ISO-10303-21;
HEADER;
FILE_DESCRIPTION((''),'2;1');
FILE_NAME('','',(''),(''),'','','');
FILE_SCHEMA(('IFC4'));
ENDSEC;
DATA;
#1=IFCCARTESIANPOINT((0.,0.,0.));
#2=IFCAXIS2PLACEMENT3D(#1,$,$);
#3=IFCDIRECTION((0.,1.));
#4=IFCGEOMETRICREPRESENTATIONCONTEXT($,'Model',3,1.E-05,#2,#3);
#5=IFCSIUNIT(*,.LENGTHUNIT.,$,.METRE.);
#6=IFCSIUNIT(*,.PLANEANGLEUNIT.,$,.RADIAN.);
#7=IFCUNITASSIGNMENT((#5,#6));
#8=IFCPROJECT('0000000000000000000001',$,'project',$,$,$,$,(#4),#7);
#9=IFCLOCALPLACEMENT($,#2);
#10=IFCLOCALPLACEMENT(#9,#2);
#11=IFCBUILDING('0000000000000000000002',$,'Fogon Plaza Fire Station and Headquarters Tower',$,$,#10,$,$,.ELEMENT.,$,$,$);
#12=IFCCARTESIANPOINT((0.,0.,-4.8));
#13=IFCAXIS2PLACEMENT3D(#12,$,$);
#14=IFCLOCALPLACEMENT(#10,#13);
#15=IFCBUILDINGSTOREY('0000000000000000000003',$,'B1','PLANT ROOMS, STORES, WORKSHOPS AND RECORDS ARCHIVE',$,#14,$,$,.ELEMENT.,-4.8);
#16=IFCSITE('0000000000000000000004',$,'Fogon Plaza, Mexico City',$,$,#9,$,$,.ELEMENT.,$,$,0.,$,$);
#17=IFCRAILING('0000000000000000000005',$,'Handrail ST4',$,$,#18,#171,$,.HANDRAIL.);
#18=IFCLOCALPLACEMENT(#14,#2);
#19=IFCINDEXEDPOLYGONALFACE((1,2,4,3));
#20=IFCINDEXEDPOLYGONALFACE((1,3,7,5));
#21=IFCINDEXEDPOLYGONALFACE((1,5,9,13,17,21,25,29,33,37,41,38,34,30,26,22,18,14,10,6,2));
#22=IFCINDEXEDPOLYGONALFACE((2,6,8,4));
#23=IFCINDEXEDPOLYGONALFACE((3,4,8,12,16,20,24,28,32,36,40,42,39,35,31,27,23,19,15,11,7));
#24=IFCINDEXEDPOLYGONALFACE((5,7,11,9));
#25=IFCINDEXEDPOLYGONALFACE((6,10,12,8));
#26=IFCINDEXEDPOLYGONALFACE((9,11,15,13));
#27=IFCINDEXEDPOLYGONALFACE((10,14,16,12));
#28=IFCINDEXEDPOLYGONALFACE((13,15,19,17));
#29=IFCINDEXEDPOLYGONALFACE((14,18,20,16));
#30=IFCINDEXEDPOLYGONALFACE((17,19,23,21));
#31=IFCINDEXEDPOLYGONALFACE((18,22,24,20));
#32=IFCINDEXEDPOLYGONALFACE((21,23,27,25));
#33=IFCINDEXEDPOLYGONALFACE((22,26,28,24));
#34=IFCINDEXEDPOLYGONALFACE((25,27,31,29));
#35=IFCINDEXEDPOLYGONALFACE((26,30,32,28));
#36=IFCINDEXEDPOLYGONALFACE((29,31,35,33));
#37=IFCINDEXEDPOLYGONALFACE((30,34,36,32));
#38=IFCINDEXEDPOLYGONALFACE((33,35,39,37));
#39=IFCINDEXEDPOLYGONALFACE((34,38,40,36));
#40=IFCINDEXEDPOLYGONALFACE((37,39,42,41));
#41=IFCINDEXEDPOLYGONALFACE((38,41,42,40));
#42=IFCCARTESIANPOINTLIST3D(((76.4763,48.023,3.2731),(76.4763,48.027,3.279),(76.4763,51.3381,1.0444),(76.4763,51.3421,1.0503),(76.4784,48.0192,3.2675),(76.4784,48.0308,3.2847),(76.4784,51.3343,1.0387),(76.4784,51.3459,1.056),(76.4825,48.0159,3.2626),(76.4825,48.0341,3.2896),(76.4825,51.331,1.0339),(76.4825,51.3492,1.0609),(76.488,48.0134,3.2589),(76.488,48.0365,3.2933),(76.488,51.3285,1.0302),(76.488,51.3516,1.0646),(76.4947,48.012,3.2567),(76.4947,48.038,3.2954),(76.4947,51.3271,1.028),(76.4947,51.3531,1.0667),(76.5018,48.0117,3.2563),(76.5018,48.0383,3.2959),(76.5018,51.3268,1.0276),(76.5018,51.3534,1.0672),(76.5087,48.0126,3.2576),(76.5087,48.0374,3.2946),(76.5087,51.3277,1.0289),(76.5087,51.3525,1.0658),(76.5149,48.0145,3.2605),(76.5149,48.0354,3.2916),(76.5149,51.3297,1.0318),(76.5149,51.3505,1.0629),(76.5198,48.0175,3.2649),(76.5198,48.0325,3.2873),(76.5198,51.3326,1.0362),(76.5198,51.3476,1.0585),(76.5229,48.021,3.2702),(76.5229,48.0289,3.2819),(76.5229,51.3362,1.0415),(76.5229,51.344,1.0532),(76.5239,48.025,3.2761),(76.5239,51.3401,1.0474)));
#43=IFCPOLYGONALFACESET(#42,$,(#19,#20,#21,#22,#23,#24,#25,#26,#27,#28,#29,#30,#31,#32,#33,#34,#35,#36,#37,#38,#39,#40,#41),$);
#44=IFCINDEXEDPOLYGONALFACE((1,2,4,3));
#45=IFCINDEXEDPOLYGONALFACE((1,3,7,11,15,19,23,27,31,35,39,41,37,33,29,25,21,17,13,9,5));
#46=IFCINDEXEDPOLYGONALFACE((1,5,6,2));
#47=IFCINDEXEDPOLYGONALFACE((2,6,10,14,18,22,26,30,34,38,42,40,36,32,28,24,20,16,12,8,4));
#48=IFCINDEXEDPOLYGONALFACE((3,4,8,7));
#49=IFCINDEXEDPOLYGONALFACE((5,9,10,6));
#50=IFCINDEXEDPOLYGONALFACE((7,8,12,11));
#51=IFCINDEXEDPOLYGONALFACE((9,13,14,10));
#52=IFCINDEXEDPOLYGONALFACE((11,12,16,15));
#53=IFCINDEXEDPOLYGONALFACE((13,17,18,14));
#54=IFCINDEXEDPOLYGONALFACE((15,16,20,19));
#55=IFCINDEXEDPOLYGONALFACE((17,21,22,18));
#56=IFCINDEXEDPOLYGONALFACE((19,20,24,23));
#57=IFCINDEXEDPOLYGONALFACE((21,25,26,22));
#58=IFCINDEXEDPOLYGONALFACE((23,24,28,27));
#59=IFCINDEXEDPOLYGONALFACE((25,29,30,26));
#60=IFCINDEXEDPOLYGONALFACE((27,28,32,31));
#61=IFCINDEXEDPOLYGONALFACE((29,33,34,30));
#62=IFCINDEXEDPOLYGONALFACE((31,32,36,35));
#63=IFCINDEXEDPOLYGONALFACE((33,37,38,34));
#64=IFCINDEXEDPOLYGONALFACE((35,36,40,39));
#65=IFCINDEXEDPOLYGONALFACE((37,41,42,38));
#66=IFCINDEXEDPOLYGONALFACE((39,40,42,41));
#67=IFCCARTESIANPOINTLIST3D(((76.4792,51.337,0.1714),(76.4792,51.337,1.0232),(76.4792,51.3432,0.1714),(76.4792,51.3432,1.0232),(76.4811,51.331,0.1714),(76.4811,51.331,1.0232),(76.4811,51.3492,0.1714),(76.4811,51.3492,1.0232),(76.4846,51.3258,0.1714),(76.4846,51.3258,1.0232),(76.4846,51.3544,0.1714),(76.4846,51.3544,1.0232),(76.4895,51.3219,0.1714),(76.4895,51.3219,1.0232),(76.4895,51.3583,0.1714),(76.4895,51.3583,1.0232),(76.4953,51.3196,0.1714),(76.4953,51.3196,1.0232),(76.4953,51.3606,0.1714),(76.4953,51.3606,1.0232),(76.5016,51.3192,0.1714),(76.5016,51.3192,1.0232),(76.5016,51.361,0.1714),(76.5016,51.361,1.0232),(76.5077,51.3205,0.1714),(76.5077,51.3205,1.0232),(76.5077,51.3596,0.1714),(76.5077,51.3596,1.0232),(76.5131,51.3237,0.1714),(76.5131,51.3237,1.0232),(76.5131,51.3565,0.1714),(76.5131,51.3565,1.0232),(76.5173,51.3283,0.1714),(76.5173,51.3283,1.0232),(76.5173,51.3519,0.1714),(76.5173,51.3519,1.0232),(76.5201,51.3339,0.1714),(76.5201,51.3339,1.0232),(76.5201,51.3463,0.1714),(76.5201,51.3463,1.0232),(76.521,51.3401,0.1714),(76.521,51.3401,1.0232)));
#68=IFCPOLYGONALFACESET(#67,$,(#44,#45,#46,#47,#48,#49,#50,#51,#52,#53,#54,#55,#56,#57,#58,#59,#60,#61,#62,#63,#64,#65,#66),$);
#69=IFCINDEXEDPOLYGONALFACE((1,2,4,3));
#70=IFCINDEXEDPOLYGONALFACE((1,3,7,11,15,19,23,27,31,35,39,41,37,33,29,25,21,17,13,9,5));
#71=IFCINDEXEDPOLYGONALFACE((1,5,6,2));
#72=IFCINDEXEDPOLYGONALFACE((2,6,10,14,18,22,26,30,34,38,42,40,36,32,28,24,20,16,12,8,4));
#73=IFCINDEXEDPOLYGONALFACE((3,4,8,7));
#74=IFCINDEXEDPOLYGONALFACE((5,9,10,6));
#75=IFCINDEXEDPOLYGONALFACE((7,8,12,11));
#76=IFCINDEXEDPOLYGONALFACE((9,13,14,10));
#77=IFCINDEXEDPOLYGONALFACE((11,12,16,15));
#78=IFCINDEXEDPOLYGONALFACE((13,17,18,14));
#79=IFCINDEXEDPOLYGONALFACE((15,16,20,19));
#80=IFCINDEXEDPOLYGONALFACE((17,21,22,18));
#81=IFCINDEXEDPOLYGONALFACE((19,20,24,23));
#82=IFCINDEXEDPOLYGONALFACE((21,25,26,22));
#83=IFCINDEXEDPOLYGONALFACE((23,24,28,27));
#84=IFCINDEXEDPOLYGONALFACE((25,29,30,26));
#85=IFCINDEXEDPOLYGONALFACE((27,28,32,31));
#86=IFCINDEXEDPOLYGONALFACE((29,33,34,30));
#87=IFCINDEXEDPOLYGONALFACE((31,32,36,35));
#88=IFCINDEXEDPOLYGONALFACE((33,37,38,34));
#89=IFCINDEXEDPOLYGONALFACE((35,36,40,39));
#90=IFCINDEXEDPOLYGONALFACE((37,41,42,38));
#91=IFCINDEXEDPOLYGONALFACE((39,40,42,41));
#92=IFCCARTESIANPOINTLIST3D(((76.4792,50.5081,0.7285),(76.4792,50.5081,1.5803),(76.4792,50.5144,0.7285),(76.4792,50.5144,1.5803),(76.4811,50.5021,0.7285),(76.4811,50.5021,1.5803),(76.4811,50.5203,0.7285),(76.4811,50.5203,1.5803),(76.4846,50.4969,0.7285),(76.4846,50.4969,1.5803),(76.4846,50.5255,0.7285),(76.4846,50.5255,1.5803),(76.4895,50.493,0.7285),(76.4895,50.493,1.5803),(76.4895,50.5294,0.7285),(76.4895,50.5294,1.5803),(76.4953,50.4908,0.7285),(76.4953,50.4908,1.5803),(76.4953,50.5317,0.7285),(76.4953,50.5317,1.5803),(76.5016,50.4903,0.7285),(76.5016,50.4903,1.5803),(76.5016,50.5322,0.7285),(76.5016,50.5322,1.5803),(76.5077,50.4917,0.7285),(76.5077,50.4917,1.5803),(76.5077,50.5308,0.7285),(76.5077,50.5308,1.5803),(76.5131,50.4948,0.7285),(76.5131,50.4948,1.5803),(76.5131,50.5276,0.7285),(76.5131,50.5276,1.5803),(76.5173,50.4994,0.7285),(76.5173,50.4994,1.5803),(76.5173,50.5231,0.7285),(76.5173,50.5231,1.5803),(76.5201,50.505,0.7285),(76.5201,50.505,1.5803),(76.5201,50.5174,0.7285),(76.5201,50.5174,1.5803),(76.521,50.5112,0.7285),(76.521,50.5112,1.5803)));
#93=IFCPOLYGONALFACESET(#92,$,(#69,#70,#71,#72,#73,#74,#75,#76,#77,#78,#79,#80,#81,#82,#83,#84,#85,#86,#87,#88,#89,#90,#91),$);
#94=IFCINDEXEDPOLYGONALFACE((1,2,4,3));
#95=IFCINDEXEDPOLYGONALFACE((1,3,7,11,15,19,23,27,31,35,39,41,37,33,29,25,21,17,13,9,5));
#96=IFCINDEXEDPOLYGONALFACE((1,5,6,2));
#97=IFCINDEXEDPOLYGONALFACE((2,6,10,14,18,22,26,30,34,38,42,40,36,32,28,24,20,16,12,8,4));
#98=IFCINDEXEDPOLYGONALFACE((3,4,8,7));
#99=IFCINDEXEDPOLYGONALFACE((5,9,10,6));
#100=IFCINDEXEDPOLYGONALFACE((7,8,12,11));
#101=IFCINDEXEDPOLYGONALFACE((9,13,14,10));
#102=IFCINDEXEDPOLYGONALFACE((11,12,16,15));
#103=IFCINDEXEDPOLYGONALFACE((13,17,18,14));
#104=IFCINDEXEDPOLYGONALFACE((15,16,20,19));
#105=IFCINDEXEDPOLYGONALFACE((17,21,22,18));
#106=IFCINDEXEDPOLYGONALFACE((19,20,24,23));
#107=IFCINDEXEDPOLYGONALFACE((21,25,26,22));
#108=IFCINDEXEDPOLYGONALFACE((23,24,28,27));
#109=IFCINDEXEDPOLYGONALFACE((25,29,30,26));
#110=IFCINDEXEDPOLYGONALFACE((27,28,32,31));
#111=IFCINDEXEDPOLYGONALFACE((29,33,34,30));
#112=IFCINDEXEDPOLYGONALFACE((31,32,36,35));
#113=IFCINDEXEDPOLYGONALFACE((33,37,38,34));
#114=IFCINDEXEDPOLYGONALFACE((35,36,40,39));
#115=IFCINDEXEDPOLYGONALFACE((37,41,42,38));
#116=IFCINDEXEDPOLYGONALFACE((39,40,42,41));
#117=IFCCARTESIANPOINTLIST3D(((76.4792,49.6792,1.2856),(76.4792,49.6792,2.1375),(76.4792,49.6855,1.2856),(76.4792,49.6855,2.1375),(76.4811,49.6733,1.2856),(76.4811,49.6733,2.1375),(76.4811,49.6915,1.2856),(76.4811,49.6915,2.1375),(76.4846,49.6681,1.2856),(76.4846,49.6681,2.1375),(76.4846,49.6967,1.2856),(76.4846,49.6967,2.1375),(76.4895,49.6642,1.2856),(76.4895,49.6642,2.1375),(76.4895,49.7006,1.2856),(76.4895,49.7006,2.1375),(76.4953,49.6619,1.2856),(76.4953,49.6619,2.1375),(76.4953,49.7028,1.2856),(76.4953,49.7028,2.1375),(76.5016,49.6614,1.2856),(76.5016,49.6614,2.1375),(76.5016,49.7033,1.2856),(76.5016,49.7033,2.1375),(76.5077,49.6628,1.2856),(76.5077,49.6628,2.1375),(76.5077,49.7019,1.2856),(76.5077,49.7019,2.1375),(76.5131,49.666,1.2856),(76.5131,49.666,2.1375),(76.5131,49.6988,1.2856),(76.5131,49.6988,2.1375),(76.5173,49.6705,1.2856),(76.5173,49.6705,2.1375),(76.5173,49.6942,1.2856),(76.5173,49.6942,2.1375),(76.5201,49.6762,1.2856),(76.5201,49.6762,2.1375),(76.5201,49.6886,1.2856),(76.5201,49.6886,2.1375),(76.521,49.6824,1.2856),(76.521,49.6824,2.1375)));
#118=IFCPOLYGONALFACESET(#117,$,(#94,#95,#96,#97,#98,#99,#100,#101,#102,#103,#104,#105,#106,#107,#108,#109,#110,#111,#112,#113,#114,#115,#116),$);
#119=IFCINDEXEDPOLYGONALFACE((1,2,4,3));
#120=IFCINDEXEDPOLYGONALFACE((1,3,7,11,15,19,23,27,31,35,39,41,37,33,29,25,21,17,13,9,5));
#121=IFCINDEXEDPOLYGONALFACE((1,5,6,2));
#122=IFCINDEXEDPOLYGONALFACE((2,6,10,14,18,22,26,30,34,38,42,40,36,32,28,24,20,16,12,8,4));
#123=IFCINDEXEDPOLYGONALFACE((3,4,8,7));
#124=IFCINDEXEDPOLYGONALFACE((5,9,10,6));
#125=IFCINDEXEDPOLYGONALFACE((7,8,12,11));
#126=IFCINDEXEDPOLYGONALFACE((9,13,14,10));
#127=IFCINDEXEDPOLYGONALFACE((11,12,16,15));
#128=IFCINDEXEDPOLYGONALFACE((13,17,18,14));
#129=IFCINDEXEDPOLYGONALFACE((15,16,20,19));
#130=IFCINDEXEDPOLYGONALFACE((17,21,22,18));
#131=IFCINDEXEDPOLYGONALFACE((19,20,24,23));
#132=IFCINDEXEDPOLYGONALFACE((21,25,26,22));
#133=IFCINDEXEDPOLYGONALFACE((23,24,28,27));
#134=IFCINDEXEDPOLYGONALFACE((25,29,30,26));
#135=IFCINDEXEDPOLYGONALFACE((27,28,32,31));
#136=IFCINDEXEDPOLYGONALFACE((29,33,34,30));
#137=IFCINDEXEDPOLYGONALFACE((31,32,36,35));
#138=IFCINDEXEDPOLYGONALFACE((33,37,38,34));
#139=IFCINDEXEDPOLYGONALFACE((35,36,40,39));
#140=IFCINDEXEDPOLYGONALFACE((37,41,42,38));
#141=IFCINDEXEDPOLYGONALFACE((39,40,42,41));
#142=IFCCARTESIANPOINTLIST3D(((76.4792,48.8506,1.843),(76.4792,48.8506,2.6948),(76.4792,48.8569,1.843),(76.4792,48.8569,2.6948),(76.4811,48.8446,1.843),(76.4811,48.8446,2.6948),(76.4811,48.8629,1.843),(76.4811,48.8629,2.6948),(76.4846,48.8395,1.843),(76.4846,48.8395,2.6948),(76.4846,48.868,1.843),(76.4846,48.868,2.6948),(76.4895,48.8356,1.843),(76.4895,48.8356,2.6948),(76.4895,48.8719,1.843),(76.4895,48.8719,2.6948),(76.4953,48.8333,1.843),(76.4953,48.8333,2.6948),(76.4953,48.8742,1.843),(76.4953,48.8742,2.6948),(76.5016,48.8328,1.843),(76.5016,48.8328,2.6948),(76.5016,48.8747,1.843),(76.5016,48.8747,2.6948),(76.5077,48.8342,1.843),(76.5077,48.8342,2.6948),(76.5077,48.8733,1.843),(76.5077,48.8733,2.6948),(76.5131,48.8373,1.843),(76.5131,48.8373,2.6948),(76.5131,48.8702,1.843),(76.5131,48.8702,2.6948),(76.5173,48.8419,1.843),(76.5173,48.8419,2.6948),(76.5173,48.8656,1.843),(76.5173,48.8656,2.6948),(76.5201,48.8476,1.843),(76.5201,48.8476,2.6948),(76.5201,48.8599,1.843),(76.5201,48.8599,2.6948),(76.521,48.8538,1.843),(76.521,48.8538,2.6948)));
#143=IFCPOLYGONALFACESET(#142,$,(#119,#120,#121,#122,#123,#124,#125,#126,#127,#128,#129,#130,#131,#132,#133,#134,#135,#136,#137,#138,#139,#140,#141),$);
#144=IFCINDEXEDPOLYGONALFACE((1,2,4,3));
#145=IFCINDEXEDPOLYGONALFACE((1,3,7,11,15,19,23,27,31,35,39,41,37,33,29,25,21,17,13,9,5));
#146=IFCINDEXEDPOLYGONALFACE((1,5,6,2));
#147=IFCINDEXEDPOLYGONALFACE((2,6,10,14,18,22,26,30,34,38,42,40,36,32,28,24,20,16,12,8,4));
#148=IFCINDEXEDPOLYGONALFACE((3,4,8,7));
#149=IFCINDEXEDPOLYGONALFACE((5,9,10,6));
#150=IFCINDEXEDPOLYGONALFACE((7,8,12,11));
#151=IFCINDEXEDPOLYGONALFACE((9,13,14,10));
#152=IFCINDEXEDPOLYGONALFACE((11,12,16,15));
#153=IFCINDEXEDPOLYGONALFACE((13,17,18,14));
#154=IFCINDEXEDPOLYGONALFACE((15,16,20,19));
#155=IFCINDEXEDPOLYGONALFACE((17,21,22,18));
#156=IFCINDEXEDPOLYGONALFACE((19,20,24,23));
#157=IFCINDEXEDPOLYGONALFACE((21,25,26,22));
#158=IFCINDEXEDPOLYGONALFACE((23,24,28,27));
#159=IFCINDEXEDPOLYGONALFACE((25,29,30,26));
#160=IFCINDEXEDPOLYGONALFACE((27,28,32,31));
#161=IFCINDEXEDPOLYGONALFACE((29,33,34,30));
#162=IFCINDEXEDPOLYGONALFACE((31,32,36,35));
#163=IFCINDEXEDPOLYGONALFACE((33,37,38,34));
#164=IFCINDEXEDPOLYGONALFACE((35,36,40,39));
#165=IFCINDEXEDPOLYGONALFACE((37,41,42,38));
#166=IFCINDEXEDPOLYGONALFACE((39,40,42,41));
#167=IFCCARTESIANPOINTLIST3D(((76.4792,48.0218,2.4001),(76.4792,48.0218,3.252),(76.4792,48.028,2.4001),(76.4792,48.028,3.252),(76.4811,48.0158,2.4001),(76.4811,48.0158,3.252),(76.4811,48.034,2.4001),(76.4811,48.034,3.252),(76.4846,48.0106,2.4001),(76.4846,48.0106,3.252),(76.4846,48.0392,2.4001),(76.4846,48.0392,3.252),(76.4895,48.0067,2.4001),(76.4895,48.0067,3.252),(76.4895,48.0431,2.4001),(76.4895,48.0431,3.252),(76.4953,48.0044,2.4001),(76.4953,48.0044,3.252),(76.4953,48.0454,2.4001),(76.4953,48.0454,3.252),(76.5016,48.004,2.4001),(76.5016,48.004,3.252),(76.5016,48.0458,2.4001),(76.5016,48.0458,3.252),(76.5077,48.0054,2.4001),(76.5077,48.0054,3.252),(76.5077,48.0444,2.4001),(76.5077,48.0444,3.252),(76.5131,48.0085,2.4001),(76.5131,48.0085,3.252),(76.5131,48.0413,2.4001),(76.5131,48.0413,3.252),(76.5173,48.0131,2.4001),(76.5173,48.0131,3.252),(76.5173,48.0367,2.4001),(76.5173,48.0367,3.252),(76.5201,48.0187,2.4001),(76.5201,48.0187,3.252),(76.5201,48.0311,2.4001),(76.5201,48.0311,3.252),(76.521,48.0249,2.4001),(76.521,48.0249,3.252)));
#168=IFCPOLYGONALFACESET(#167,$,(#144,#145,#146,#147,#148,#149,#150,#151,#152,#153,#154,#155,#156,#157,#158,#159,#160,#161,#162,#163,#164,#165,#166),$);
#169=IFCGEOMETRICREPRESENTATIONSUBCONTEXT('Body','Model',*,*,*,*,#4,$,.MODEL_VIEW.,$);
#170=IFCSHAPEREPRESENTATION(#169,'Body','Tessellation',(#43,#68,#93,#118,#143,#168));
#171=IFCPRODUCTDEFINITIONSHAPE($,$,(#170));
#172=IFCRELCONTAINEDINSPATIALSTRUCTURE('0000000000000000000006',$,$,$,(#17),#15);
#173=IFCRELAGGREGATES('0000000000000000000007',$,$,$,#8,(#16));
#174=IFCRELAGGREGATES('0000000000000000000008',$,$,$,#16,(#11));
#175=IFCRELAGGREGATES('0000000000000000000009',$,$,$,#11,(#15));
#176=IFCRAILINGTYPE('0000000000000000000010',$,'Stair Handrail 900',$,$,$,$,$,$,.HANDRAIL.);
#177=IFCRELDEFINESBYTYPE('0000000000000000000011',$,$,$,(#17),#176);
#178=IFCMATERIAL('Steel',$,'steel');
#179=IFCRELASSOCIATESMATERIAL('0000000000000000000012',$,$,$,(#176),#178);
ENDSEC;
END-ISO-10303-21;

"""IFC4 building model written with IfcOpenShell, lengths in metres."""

from ifc_helpers import new_model, si_unit, direction, frame, origin, origin_2d, place, context, subcontext, project, spatial, circle, extrude, material, type_object, element, save


model = new_model("IFC4")

# Units and contexts
model_context = context("Model", 3, precision=1e-05, world=origin(), true_north=direction((0.0, 1.0)))
body_context = subcontext(model_context, "Body", "Model", "MODEL_VIEW")
ifc_project = project(units=[si_unit("LENGTHUNIT", "METRE"), si_unit("PLANEANGLEUNIT", "RADIAN")], contexts=[model_context])

# Site, building, storey
site_placement = place(None, origin())
site = spatial("IfcSite", under=ifc_project, at=site_placement, Name="Fogon Plaza, Mexico City", CompositionType="ELEMENT", RefElevation=0.0)
building_placement = place(site_placement, origin())
building = spatial("IfcBuilding", under=site, at=building_placement, Name="Fogon Plaza Fire Station and Headquarters Tower", CompositionType="ELEMENT")
storey_placement = place(building_placement, frame((0.0, 0.0, -4.8)))
storey = spatial("IfcBuildingStorey", under=building, at=storey_placement, Name="B1", Description="PLANT ROOMS, STORES, WORKSHOPS AND RECORDS ARCHIVE", CompositionType="ELEMENT", Elevation=-4.8)

# Railing
ifc_material_1 = material(Name="Steel", Category="steel")
railing_type_1 = type_object("IfcRailingType", Name="Stair Handrail 900", PredefinedType="HANDRAIL", material=ifc_material_1)
railing_placement = place(storey_placement, frame((76.5, 51.3401, 0.1714)))
element("IfcRailing", 1, at=railing_placement, inside=storey, type_object=railing_type_1, Name="Handrail ST4", PredefinedType="HANDRAIL", context=body_context, shape_type="SweptSolid", body=[
    extrude(circle(Radius=0.0239, at=origin_2d()), frame((0.0, 0.0, 0.876), z_axis=(0.0, -0.829891, 0.557926), x_axis=(1.0, 0.0, 0.0)), (0.0, 0.0, 1.0), 3.9946),
    extrude(circle(Radius=0.021, at=origin_2d()), origin(), (0.0, 0.0, 1.0), 0.8518),
    extrude(circle(Radius=0.021, at=origin_2d()), frame((0.0, -0.8289, 0.5571)), (0.0, 0.0, 1.0), 0.8518),
    extrude(circle(Radius=0.021, at=origin_2d()), frame((0.0, -1.6577, 1.1143)), (0.0, 0.0, 1.0), 0.8518),
    extrude(circle(Radius=0.021, at=origin_2d()), frame((0.0, -2.4863, 1.6716)), (0.0, 0.0, 1.0), 0.8518),
    extrude(circle(Radius=0.021, at=origin_2d()), frame((0.0, -3.3152, 2.2288)), (0.0, 0.0, 1.0), 0.8518),
])

save(model, "model.ifc")
